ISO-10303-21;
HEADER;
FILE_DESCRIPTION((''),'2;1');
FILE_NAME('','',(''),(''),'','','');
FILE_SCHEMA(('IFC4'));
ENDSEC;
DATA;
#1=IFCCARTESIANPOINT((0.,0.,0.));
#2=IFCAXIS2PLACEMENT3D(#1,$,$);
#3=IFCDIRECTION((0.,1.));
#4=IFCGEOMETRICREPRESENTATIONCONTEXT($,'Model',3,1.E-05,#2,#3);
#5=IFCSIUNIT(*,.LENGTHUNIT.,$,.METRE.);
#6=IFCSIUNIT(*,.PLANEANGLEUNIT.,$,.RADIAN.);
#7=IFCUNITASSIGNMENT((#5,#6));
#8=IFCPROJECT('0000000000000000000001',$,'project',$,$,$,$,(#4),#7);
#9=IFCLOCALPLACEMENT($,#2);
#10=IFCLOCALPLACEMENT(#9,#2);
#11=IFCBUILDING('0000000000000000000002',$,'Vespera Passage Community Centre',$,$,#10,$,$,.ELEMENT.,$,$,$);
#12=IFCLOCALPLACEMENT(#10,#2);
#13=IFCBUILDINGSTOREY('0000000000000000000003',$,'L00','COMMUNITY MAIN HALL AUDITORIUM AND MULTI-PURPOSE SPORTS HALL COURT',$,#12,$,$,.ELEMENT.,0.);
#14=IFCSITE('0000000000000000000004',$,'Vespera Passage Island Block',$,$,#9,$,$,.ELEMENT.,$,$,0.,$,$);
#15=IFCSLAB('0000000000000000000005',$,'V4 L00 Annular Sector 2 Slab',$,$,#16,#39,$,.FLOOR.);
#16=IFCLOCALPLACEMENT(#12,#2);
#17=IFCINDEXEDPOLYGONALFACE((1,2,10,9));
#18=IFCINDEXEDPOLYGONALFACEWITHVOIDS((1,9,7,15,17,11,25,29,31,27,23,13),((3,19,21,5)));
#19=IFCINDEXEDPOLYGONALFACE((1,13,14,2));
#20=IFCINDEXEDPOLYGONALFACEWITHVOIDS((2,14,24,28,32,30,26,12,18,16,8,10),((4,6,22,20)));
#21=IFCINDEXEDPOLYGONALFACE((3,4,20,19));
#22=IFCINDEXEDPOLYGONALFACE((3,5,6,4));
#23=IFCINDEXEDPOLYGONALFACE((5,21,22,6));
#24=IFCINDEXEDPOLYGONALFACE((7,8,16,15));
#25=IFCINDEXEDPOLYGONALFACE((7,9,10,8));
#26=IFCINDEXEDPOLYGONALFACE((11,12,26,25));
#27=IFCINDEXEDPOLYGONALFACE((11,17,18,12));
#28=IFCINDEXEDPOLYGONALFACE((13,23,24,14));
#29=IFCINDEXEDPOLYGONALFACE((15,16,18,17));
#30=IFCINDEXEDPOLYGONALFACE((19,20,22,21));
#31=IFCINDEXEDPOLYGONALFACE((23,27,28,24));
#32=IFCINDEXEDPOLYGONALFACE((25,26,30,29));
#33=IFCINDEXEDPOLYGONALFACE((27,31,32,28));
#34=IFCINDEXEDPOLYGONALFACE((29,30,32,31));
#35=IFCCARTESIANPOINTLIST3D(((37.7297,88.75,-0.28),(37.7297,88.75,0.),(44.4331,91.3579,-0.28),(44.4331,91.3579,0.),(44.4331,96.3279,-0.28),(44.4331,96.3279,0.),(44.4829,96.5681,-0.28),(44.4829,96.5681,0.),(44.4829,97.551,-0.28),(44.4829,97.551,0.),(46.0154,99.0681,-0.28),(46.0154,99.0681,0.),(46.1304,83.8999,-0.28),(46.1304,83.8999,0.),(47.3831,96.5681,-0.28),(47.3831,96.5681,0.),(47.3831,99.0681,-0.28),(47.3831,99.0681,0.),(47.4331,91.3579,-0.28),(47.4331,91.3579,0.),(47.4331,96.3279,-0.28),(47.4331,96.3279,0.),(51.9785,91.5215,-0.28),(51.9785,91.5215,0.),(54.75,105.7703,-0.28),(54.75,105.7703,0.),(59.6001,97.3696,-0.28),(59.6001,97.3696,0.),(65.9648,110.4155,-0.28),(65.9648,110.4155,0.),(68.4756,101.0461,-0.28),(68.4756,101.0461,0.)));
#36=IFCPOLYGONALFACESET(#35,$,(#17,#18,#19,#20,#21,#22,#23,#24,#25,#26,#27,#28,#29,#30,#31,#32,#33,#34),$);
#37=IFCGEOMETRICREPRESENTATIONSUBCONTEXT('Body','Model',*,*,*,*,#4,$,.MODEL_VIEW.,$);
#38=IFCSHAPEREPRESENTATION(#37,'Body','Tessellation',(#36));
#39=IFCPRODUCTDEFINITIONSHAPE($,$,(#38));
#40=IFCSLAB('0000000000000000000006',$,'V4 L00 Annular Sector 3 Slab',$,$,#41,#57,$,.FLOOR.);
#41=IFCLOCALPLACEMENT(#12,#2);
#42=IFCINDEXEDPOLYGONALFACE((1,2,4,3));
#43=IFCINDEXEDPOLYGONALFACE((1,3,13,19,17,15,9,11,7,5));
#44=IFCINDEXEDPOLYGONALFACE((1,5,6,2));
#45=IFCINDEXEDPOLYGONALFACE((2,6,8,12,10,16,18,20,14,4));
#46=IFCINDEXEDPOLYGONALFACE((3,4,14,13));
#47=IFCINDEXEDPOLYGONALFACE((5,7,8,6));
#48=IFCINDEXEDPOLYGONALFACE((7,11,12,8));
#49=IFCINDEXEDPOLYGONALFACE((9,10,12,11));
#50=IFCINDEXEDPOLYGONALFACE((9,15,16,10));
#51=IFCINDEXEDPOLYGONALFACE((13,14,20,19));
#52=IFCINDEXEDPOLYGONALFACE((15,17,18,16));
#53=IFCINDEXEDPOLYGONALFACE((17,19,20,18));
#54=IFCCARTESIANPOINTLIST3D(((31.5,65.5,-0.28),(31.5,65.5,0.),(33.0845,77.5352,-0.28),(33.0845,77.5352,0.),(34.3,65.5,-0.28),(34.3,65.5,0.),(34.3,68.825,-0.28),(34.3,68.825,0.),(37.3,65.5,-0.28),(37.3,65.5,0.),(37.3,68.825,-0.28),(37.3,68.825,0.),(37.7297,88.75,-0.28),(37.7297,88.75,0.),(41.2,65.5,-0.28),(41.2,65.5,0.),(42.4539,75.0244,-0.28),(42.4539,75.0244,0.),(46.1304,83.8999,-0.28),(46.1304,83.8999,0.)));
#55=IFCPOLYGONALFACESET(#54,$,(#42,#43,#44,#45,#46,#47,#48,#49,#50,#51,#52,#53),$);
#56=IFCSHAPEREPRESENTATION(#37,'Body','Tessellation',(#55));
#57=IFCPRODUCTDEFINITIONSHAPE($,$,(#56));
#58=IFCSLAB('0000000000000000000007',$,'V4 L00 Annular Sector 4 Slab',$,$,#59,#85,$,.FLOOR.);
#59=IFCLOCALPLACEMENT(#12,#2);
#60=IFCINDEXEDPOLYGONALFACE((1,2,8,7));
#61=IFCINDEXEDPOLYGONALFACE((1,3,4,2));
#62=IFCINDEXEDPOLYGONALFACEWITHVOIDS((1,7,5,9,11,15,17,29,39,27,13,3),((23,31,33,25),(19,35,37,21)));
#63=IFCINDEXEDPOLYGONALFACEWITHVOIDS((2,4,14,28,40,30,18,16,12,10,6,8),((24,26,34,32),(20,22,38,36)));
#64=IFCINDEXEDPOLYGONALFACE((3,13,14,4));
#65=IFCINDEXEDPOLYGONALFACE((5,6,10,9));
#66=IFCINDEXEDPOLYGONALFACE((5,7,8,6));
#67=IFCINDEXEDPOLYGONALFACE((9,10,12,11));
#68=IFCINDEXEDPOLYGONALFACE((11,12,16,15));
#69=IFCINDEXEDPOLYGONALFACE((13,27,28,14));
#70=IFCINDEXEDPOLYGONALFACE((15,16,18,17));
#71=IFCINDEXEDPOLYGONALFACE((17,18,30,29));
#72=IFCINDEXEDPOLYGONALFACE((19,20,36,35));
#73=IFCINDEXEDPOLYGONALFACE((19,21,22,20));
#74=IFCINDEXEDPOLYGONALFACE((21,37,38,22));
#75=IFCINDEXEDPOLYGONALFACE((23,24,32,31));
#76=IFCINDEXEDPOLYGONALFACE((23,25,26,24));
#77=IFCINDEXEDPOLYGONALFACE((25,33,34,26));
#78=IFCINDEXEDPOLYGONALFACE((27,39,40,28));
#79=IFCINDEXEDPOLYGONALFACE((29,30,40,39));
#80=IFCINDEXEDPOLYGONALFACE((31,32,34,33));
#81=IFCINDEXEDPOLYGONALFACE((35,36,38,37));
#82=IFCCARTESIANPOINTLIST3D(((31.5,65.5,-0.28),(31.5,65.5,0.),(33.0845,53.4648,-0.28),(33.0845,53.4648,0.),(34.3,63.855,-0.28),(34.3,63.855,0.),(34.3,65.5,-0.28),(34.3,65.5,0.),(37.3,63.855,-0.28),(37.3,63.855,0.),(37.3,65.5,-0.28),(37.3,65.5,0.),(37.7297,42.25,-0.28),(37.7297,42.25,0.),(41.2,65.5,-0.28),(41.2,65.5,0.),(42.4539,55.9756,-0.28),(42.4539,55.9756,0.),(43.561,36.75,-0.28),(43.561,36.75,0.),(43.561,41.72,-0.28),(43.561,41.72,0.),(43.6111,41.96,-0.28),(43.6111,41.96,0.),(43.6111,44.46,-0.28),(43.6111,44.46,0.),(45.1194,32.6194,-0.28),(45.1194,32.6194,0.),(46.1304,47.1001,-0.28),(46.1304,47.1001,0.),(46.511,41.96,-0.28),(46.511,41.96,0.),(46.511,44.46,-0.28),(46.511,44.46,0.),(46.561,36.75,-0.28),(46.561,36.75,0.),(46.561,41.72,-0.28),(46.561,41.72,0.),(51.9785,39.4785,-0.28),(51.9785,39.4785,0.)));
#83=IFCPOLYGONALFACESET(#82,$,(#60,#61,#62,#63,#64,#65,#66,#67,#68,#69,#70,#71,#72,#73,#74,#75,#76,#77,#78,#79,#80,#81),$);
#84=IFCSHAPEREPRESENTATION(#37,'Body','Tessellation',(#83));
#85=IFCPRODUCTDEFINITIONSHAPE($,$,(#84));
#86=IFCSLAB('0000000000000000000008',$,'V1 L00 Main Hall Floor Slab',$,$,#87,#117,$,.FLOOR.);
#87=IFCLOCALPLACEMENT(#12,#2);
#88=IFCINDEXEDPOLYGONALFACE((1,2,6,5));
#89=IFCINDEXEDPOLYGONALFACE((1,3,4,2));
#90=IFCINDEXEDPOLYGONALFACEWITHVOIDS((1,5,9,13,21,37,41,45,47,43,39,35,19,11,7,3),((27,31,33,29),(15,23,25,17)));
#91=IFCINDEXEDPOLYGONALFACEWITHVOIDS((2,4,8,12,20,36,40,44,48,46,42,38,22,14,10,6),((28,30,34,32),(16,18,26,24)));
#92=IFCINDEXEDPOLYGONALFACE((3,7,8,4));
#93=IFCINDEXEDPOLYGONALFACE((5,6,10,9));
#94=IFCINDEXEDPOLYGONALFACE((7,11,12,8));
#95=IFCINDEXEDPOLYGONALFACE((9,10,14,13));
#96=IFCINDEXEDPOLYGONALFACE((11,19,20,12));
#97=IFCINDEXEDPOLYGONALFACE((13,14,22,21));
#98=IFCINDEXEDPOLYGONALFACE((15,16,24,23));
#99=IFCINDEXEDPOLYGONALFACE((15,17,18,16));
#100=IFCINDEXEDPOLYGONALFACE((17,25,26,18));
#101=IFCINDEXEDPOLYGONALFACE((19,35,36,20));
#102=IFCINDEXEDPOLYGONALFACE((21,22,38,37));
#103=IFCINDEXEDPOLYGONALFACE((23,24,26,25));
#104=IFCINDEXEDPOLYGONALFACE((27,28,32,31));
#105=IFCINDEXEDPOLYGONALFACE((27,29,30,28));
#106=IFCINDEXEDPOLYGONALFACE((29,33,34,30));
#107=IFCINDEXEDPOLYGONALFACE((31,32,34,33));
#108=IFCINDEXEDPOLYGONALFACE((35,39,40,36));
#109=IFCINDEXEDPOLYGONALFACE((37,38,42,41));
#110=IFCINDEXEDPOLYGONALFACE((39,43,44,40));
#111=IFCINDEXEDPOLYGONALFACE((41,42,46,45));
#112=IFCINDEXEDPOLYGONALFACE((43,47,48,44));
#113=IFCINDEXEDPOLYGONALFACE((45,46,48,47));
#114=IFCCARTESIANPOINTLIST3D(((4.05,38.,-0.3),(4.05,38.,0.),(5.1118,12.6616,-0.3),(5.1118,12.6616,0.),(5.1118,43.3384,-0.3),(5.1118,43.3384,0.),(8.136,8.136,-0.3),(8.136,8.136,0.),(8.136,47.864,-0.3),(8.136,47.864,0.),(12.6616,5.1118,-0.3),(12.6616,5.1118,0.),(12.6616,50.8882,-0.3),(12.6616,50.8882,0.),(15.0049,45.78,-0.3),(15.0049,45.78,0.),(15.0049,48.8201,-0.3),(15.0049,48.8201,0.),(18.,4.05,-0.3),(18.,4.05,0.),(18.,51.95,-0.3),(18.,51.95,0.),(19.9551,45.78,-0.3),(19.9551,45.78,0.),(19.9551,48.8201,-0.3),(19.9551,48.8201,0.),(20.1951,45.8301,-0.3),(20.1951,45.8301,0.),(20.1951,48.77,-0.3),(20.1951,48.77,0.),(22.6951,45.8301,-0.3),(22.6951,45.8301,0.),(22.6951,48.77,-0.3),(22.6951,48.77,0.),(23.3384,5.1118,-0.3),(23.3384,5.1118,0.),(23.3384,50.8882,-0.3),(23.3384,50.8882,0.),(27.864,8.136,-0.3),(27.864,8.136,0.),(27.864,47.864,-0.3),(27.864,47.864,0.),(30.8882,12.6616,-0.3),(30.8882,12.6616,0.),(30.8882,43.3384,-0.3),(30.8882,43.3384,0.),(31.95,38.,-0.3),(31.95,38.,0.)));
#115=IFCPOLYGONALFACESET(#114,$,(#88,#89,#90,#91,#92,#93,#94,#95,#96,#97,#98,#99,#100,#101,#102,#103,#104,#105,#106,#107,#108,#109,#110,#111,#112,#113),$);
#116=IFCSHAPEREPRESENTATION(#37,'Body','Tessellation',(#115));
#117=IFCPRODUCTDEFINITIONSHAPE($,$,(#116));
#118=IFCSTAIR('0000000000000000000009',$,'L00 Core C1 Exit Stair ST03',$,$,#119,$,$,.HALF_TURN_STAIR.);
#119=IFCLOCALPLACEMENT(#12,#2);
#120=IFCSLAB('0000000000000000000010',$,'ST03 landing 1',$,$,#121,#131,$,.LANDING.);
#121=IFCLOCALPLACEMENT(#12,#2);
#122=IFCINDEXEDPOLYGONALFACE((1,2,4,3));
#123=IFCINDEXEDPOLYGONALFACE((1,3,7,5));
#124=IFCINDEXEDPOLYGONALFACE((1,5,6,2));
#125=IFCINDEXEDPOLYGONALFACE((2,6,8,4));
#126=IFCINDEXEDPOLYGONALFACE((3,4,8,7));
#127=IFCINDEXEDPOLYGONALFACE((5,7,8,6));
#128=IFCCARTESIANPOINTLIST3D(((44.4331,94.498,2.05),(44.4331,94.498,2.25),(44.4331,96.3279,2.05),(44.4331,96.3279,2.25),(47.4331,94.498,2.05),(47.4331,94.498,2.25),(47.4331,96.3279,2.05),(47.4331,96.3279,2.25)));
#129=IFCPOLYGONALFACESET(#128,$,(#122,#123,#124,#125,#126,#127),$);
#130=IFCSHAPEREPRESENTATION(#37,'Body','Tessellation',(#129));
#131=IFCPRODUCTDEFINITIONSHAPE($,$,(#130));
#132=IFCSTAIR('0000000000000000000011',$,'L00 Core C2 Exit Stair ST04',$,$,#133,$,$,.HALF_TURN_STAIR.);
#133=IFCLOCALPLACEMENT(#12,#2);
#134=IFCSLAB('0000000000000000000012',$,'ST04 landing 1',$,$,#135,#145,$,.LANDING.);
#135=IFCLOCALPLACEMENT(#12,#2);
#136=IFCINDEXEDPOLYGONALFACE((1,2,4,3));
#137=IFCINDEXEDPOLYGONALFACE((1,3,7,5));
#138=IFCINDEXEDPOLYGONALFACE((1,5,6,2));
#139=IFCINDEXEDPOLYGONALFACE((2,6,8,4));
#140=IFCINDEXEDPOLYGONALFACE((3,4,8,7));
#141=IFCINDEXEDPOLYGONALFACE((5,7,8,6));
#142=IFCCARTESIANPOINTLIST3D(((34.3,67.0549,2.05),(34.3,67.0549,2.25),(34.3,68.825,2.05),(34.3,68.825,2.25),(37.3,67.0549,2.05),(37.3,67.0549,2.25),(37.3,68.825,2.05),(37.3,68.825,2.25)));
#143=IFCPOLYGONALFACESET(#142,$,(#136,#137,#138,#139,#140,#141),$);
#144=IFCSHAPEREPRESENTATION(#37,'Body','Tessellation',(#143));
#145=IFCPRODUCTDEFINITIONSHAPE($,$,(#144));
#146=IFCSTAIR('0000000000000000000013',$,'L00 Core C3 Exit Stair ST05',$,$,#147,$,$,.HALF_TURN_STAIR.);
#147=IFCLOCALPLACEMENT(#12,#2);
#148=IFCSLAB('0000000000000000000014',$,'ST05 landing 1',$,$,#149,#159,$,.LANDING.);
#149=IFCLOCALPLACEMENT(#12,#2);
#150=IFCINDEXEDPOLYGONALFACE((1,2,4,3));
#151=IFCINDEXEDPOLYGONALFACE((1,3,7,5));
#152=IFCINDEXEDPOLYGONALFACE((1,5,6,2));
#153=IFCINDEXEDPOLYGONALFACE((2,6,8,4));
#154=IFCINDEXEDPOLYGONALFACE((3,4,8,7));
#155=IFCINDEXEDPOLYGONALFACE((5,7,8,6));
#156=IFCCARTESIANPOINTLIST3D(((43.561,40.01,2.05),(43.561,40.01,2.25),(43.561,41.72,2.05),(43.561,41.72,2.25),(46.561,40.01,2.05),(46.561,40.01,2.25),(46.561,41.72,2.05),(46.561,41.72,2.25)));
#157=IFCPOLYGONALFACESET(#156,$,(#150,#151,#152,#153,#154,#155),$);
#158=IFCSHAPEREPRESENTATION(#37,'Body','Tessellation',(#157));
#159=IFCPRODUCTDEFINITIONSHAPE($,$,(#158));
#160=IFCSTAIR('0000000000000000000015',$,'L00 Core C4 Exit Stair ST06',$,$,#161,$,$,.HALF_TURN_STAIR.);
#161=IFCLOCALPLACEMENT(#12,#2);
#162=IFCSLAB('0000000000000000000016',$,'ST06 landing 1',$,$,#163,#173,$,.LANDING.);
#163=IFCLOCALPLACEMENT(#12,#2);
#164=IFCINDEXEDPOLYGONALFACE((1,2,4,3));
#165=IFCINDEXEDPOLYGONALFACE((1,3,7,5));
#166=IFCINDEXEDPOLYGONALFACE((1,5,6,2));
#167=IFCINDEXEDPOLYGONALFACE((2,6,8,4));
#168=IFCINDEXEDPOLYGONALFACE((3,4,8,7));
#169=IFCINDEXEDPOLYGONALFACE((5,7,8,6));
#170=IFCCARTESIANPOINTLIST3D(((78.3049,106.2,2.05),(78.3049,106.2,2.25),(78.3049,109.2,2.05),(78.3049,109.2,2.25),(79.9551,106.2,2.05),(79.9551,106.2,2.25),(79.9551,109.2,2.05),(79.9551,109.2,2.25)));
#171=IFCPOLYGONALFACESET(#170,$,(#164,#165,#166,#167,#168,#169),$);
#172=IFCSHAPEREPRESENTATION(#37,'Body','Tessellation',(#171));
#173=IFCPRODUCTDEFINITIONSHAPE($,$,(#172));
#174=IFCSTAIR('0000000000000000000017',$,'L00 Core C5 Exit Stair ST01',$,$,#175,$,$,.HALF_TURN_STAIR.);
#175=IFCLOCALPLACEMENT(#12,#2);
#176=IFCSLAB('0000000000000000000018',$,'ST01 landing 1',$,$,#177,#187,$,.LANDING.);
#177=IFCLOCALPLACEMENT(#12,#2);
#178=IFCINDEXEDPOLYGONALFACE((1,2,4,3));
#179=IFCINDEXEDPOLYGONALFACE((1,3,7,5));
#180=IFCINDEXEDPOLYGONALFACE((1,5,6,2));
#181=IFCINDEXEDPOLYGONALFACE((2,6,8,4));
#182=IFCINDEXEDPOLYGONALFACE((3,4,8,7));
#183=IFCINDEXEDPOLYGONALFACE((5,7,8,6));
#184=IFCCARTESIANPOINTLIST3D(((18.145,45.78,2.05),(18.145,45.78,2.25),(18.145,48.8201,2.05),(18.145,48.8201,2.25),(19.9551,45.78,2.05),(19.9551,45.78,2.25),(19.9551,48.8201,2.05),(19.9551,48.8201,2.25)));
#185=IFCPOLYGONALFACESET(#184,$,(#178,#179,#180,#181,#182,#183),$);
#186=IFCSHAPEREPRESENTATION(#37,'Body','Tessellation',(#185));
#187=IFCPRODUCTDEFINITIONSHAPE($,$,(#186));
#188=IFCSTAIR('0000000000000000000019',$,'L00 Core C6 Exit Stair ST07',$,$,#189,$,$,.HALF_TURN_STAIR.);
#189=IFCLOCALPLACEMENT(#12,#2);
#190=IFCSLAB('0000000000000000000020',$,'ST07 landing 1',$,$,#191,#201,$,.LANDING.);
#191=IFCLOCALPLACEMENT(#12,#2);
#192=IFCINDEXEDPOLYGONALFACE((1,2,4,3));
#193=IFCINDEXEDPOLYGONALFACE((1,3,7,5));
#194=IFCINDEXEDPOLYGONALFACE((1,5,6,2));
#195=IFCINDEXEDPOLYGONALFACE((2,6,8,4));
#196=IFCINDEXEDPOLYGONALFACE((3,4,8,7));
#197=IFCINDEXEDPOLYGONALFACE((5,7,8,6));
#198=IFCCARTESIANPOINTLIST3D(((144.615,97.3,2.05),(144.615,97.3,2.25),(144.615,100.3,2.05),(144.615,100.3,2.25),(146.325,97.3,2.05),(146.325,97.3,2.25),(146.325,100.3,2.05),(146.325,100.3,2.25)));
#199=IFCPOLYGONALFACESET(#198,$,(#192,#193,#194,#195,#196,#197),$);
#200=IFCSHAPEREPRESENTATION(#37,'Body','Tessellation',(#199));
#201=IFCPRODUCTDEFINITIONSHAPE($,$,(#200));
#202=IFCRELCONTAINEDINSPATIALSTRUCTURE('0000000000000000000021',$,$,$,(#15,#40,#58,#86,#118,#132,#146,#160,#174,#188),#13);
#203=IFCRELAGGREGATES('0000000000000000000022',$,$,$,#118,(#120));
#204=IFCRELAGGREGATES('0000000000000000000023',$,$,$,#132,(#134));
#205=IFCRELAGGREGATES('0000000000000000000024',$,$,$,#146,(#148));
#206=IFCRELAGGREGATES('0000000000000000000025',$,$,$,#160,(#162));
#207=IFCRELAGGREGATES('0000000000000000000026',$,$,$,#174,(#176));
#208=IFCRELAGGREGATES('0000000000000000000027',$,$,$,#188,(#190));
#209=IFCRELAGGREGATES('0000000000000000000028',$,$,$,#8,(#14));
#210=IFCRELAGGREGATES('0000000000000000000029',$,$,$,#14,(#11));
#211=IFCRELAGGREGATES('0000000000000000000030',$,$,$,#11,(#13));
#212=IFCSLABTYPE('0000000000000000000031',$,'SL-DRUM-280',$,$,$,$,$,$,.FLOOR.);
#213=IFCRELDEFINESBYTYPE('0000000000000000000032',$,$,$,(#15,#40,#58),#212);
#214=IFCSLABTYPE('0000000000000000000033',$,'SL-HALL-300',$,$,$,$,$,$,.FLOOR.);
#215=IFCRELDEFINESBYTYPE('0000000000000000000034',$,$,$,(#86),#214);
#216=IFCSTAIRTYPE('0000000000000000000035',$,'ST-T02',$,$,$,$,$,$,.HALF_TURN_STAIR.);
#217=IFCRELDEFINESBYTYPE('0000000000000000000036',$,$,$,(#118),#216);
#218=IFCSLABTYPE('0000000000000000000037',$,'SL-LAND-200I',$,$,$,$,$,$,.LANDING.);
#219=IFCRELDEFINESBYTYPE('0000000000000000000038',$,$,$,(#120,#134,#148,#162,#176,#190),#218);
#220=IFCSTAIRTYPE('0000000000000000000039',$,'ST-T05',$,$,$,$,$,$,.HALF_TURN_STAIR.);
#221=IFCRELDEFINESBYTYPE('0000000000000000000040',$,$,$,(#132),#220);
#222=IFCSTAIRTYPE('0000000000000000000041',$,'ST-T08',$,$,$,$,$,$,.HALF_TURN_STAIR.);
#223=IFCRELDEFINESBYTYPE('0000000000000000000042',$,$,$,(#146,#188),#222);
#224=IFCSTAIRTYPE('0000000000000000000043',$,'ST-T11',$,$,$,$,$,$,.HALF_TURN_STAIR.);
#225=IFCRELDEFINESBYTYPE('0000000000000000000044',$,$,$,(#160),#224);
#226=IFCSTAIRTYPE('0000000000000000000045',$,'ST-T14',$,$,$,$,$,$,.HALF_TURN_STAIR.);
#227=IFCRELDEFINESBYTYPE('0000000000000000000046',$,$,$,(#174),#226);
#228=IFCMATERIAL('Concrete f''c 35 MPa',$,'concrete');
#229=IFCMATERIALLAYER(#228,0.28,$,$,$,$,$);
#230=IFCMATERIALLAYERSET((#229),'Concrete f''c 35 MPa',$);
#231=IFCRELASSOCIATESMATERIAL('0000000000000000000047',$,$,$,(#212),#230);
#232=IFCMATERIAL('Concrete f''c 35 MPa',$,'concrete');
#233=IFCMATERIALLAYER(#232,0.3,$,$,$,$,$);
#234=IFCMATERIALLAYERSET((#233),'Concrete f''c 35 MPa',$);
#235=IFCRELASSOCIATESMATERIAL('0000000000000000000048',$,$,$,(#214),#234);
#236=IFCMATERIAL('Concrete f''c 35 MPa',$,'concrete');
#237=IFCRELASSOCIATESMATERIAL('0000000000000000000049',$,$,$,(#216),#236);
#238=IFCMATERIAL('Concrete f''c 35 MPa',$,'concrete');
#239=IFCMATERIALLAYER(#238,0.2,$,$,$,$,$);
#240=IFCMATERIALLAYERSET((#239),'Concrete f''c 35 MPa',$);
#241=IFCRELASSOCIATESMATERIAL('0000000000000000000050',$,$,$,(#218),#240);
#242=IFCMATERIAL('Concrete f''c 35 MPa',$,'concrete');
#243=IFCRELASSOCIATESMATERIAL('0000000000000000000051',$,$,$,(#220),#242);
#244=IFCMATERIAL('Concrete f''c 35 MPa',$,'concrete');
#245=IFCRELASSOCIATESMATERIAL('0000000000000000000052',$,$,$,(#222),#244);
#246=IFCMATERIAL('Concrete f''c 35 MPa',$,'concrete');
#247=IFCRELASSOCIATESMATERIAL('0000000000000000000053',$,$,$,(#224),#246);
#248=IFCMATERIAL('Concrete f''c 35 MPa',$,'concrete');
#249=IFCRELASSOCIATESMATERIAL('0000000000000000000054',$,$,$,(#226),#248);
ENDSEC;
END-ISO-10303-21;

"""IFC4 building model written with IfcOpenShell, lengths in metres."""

from ifc_helpers import new_model, si_unit, direction, frame, origin, place, context, subcontext, project, spatial, polyline, outline, extrude, material, layer, layer_set, type_object, element, aggregate, save


model = new_model("IFC4")

# Units and contexts
model_context = context("Model", 3, precision=1e-05, world=origin(), true_north=direction((0.0, 1.0)))
body_context = subcontext(model_context, "Body", "Model", "MODEL_VIEW")
ifc_project = project(units=[si_unit("LENGTHUNIT", "METRE"), si_unit("PLANEANGLEUNIT", "RADIAN")], contexts=[model_context])

# Site, building, storey
site_placement = place(None, origin())
site = spatial("IfcSite", under=ifc_project, at=site_placement, Name="Vespera Passage Island Block", CompositionType="ELEMENT", RefElevation=0.0)
building_placement = place(site_placement, origin())
building = spatial("IfcBuilding", under=site, at=building_placement, Name="Vespera Passage Community Centre", CompositionType="ELEMENT")
storey_placement = place(building_placement, origin())
storey = spatial("IfcBuildingStorey", under=building, at=storey_placement, Name="L00", Description="COMMUNITY MAIN HALL AUDITORIUM AND MULTI-PURPOSE SPORTS HALL COURT", CompositionType="ELEMENT", Elevation=0.0)

# Slabs
ifc_material_1 = material(Name="Concrete f'c 35 MPa", Category="concrete")
ifc_layer_1 = layer(ifc_material_1, 0.28)
ifc_layer_set_1 = layer_set([ifc_layer_1], Name="Concrete f'c 35 MPa")
slab_type_1 = type_object("IfcSlabType", Name="SL-DRUM-280", PredefinedType="FLOOR", material=ifc_layer_set_1)
slab_1_placement = place(storey_placement, frame((0.0, 0.0, -0.28)))
element("IfcSlab", 1, at=slab_1_placement, inside=storey, type_object=slab_type_1, Name="V4 L00 Annular Sector 2 Slab", PredefinedType="FLOOR", context=body_context, shape_type="SweptSolid", body=[
    extrude(outline(polyline([(59.6001, 97.3696), (51.9785, 91.5215), (46.1304, 83.8999), (37.7297, 88.75), (44.4829, 97.551), (44.4829, 96.5681), (47.3831, 96.5681), (47.3831, 99.0681), (46.0154, 99.0681), (54.75, 105.7703), (65.9648, 110.4155), (68.4756, 101.0461), (59.6001, 97.3696)]), holes=[polyline([(44.4331, 96.3279), (44.4331, 91.3579), (47.4331, 91.3579), (47.4331, 96.3279), (44.4331, 96.3279)])]), origin(), (0.0, 0.0, 1.0), 0.28),
])
slab_2_placement = place(storey_placement, frame((0.0, 0.0, -0.28)))
element("IfcSlab", 2, at=slab_2_placement, inside=storey, type_object=slab_type_1, Name="V4 L00 Annular Sector 3 Slab", PredefinedType="FLOOR", context=body_context, shape_type="SweptSolid", body=[
    extrude(outline(polyline([(31.5, 65.5), (33.0845, 77.5352), (37.7297, 88.75), (46.1304, 83.8999), (42.4539, 75.0244), (41.2, 65.5), (37.3, 65.5), (37.3, 68.825), (34.3, 68.825), (34.3, 65.5), (31.5, 65.5)])), origin(), (0.0, 0.0, 1.0), 0.28),
])
slab_3_placement = place(storey_placement, frame((0.0, 0.0, -0.28)))
element("IfcSlab", 3, at=slab_3_placement, inside=storey, type_object=slab_type_1, Name="V4 L00 Annular Sector 4 Slab", PredefinedType="FLOOR", context=body_context, shape_type="SweptSolid", body=[
    extrude(outline(polyline([(46.1304, 47.1001), (51.9785, 39.4785), (45.1194, 32.6194), (37.7297, 42.25), (33.0845, 53.4648), (31.5, 65.5), (34.3, 65.5), (34.3, 63.855), (37.3, 63.855), (37.3, 65.5), (41.2, 65.5), (42.4539, 55.9756), (46.1304, 47.1001)]), holes=[polyline([(43.561, 41.72), (43.561, 36.75), (46.561, 36.75), (46.561, 41.72), (43.561, 41.72)]), polyline([(46.511, 44.46), (43.6111, 44.46), (43.6111, 41.96), (46.511, 41.96), (46.511, 44.46)])]), origin(), (0.0, 0.0, 1.0), 0.28),
])
ifc_material_2 = material(Name="Concrete f'c 35 MPa", Category="concrete")
ifc_layer_2 = layer(ifc_material_2, 0.3)
ifc_layer_set_2 = layer_set([ifc_layer_2], Name="Concrete f'c 35 MPa")
slab_type_2 = type_object("IfcSlabType", Name="SL-HALL-300", PredefinedType="FLOOR", material=ifc_layer_set_2)
slab_4_placement = place(storey_placement, frame((0.0, 0.0, -0.3)))
element("IfcSlab", 4, at=slab_4_placement, inside=storey, type_object=slab_type_2, Name="V1 L00 Main Hall Floor Slab", PredefinedType="FLOOR", context=body_context, shape_type="SweptSolid", body=[
    extrude(outline(polyline([(27.864, 8.136), (23.3384, 5.1118), (18.0, 4.05), (12.6616, 5.1118), (8.136, 8.136), (5.1118, 12.6616), (4.05, 38.0), (5.1118, 43.3384), (8.136, 47.864), (12.6616, 50.8882), (18.0, 51.95), (23.3384, 50.8882), (27.864, 47.864), (30.8882, 43.3384), (31.95, 38.0), (30.8882, 12.6616), (27.864, 8.136)]), holes=[polyline([(19.9551, 48.8201), (15.0049, 48.8201), (15.0049, 45.78), (19.9551, 45.78), (19.9551, 48.8201)]), polyline([(22.6951, 45.8301), (22.6951, 48.77), (20.1951, 48.77), (20.1951, 45.8301), (22.6951, 45.8301)])]), origin(), (0.0, 0.0, 1.0), 0.3),
])

# Stairs, slabs
ifc_material_3 = material(Name="Concrete f'c 35 MPa", Category="concrete")
stair_type_1 = type_object("IfcStairType", Name="ST-T02", PredefinedType="HALF_TURN_STAIR", material=ifc_material_3)
stair_1_placement = place(storey_placement, origin())
stair_1 = element("IfcStair", 5, at=stair_1_placement, inside=storey, type_object=stair_type_1, Name="L00 Core C1 Exit Stair ST03", PredefinedType="HALF_TURN_STAIR")
ifc_material_4 = material(Name="Concrete f'c 35 MPa", Category="concrete")
ifc_layer_3 = layer(ifc_material_4, 0.2)
ifc_layer_set_3 = layer_set([ifc_layer_3], Name="Concrete f'c 35 MPa")
slab_type_3 = type_object("IfcSlabType", Name="SL-LAND-200I", PredefinedType="LANDING", material=ifc_layer_set_3)
slab_5_placement = place(storey_placement, frame((0.0, 0.0, 2.05)))
slab_5 = element("IfcSlab", 6, at=slab_5_placement, type_object=slab_type_3, Name="ST03 landing 1", PredefinedType="LANDING", context=body_context, shape_type="SweptSolid", body=[
    extrude(outline(polyline([(47.4331, 94.498), (47.4331, 96.3279), (44.4331, 96.3279), (44.4331, 94.498), (47.4331, 94.498)])), origin(), (0.0, 0.0, 1.0), 0.2),
])
aggregate(stair_1, [slab_5])
ifc_material_5 = material(Name="Concrete f'c 35 MPa", Category="concrete")
stair_type_2 = type_object("IfcStairType", Name="ST-T05", PredefinedType="HALF_TURN_STAIR", material=ifc_material_5)
stair_2_placement = place(storey_placement, origin())
stair_2 = element("IfcStair", 7, at=stair_2_placement, inside=storey, type_object=stair_type_2, Name="L00 Core C2 Exit Stair ST04", PredefinedType="HALF_TURN_STAIR")
slab_6_placement = place(storey_placement, frame((0.0, 0.0, 2.05)))
slab_6 = element("IfcSlab", 8, at=slab_6_placement, type_object=slab_type_3, Name="ST04 landing 1", PredefinedType="LANDING", context=body_context, shape_type="SweptSolid", body=[
    extrude(outline(polyline([(37.3, 67.0549), (37.3, 68.825), (34.3, 68.825), (34.3, 67.0549), (37.3, 67.0549)])), origin(), (0.0, 0.0, 1.0), 0.2),
])
aggregate(stair_2, [slab_6])
ifc_material_6 = material(Name="Concrete f'c 35 MPa", Category="concrete")
stair_type_3 = type_object("IfcStairType", Name="ST-T08", PredefinedType="HALF_TURN_STAIR", material=ifc_material_6)
stair_3_placement = place(storey_placement, origin())
stair_3 = element("IfcStair", 9, at=stair_3_placement, inside=storey, type_object=stair_type_3, Name="L00 Core C3 Exit Stair ST05", PredefinedType="HALF_TURN_STAIR")
slab_7_placement = place(storey_placement, frame((0.0, 0.0, 2.05)))
slab_7 = element("IfcSlab", 10, at=slab_7_placement, type_object=slab_type_3, Name="ST05 landing 1", PredefinedType="LANDING", context=body_context, shape_type="SweptSolid", body=[
    extrude(outline(polyline([(46.561, 40.01), (46.561, 41.72), (43.561, 41.72), (43.561, 40.01), (46.561, 40.01)])), origin(), (0.0, 0.0, 1.0), 0.2),
])
aggregate(stair_3, [slab_7])
ifc_material_7 = material(Name="Concrete f'c 35 MPa", Category="concrete")
stair_type_4 = type_object("IfcStairType", Name="ST-T11", PredefinedType="HALF_TURN_STAIR", material=ifc_material_7)
stair_4_placement = place(storey_placement, origin())
stair_4 = element("IfcStair", 11, at=stair_4_placement, inside=storey, type_object=stair_type_4, Name="L00 Core C4 Exit Stair ST06", PredefinedType="HALF_TURN_STAIR")
slab_8_placement = place(storey_placement, frame((0.0, 0.0, 2.05)))
slab_8 = element("IfcSlab", 12, at=slab_8_placement, type_object=slab_type_3, Name="ST06 landing 1", PredefinedType="LANDING", context=body_context, shape_type="SweptSolid", body=[
    extrude(outline(polyline([(78.3049, 106.2), (79.9551, 106.2), (79.9551, 109.2), (78.3049, 109.2), (78.3049, 106.2)])), origin(), (0.0, 0.0, 1.0), 0.2),
])
aggregate(stair_4, [slab_8])
ifc_material_8 = material(Name="Concrete f'c 35 MPa", Category="concrete")
stair_type_5 = type_object("IfcStairType", Name="ST-T14", PredefinedType="HALF_TURN_STAIR", material=ifc_material_8)
stair_5_placement = place(storey_placement, origin())
stair_5 = element("IfcStair", 13, at=stair_5_placement, inside=storey, type_object=stair_type_5, Name="L00 Core C5 Exit Stair ST01", PredefinedType="HALF_TURN_STAIR")
slab_9_placement = place(storey_placement, frame((0.0, 0.0, 2.05)))
slab_9 = element("IfcSlab", 14, at=slab_9_placement, type_object=slab_type_3, Name="ST01 landing 1", PredefinedType="LANDING", context=body_context, shape_type="SweptSolid", body=[
    extrude(outline(polyline([(18.145, 45.78), (19.9551, 45.78), (19.9551, 48.8201), (18.145, 48.8201), (18.145, 45.78)])), origin(), (0.0, 0.0, 1.0), 0.2),
])
aggregate(stair_5, [slab_9])
stair_6_placement = place(storey_placement, origin())
stair_6 = element("IfcStair", 15, at=stair_6_placement, inside=storey, type_object=stair_type_3, Name="L00 Core C6 Exit Stair ST07", PredefinedType="HALF_TURN_STAIR")
slab_10_placement = place(storey_placement, frame((0.0, 0.0, 2.05)))
slab_10 = element("IfcSlab", 16, at=slab_10_placement, type_object=slab_type_3, Name="ST07 landing 1", PredefinedType="LANDING", context=body_context, shape_type="SweptSolid", body=[
    extrude(outline(polyline([(144.615, 97.3), (146.325, 97.3), (146.325, 100.3), (144.615, 100.3), (144.615, 97.3)])), origin(), (0.0, 0.0, 1.0), 0.2),
])
aggregate(stair_6, [slab_10])

save(model, "model.ifc")
